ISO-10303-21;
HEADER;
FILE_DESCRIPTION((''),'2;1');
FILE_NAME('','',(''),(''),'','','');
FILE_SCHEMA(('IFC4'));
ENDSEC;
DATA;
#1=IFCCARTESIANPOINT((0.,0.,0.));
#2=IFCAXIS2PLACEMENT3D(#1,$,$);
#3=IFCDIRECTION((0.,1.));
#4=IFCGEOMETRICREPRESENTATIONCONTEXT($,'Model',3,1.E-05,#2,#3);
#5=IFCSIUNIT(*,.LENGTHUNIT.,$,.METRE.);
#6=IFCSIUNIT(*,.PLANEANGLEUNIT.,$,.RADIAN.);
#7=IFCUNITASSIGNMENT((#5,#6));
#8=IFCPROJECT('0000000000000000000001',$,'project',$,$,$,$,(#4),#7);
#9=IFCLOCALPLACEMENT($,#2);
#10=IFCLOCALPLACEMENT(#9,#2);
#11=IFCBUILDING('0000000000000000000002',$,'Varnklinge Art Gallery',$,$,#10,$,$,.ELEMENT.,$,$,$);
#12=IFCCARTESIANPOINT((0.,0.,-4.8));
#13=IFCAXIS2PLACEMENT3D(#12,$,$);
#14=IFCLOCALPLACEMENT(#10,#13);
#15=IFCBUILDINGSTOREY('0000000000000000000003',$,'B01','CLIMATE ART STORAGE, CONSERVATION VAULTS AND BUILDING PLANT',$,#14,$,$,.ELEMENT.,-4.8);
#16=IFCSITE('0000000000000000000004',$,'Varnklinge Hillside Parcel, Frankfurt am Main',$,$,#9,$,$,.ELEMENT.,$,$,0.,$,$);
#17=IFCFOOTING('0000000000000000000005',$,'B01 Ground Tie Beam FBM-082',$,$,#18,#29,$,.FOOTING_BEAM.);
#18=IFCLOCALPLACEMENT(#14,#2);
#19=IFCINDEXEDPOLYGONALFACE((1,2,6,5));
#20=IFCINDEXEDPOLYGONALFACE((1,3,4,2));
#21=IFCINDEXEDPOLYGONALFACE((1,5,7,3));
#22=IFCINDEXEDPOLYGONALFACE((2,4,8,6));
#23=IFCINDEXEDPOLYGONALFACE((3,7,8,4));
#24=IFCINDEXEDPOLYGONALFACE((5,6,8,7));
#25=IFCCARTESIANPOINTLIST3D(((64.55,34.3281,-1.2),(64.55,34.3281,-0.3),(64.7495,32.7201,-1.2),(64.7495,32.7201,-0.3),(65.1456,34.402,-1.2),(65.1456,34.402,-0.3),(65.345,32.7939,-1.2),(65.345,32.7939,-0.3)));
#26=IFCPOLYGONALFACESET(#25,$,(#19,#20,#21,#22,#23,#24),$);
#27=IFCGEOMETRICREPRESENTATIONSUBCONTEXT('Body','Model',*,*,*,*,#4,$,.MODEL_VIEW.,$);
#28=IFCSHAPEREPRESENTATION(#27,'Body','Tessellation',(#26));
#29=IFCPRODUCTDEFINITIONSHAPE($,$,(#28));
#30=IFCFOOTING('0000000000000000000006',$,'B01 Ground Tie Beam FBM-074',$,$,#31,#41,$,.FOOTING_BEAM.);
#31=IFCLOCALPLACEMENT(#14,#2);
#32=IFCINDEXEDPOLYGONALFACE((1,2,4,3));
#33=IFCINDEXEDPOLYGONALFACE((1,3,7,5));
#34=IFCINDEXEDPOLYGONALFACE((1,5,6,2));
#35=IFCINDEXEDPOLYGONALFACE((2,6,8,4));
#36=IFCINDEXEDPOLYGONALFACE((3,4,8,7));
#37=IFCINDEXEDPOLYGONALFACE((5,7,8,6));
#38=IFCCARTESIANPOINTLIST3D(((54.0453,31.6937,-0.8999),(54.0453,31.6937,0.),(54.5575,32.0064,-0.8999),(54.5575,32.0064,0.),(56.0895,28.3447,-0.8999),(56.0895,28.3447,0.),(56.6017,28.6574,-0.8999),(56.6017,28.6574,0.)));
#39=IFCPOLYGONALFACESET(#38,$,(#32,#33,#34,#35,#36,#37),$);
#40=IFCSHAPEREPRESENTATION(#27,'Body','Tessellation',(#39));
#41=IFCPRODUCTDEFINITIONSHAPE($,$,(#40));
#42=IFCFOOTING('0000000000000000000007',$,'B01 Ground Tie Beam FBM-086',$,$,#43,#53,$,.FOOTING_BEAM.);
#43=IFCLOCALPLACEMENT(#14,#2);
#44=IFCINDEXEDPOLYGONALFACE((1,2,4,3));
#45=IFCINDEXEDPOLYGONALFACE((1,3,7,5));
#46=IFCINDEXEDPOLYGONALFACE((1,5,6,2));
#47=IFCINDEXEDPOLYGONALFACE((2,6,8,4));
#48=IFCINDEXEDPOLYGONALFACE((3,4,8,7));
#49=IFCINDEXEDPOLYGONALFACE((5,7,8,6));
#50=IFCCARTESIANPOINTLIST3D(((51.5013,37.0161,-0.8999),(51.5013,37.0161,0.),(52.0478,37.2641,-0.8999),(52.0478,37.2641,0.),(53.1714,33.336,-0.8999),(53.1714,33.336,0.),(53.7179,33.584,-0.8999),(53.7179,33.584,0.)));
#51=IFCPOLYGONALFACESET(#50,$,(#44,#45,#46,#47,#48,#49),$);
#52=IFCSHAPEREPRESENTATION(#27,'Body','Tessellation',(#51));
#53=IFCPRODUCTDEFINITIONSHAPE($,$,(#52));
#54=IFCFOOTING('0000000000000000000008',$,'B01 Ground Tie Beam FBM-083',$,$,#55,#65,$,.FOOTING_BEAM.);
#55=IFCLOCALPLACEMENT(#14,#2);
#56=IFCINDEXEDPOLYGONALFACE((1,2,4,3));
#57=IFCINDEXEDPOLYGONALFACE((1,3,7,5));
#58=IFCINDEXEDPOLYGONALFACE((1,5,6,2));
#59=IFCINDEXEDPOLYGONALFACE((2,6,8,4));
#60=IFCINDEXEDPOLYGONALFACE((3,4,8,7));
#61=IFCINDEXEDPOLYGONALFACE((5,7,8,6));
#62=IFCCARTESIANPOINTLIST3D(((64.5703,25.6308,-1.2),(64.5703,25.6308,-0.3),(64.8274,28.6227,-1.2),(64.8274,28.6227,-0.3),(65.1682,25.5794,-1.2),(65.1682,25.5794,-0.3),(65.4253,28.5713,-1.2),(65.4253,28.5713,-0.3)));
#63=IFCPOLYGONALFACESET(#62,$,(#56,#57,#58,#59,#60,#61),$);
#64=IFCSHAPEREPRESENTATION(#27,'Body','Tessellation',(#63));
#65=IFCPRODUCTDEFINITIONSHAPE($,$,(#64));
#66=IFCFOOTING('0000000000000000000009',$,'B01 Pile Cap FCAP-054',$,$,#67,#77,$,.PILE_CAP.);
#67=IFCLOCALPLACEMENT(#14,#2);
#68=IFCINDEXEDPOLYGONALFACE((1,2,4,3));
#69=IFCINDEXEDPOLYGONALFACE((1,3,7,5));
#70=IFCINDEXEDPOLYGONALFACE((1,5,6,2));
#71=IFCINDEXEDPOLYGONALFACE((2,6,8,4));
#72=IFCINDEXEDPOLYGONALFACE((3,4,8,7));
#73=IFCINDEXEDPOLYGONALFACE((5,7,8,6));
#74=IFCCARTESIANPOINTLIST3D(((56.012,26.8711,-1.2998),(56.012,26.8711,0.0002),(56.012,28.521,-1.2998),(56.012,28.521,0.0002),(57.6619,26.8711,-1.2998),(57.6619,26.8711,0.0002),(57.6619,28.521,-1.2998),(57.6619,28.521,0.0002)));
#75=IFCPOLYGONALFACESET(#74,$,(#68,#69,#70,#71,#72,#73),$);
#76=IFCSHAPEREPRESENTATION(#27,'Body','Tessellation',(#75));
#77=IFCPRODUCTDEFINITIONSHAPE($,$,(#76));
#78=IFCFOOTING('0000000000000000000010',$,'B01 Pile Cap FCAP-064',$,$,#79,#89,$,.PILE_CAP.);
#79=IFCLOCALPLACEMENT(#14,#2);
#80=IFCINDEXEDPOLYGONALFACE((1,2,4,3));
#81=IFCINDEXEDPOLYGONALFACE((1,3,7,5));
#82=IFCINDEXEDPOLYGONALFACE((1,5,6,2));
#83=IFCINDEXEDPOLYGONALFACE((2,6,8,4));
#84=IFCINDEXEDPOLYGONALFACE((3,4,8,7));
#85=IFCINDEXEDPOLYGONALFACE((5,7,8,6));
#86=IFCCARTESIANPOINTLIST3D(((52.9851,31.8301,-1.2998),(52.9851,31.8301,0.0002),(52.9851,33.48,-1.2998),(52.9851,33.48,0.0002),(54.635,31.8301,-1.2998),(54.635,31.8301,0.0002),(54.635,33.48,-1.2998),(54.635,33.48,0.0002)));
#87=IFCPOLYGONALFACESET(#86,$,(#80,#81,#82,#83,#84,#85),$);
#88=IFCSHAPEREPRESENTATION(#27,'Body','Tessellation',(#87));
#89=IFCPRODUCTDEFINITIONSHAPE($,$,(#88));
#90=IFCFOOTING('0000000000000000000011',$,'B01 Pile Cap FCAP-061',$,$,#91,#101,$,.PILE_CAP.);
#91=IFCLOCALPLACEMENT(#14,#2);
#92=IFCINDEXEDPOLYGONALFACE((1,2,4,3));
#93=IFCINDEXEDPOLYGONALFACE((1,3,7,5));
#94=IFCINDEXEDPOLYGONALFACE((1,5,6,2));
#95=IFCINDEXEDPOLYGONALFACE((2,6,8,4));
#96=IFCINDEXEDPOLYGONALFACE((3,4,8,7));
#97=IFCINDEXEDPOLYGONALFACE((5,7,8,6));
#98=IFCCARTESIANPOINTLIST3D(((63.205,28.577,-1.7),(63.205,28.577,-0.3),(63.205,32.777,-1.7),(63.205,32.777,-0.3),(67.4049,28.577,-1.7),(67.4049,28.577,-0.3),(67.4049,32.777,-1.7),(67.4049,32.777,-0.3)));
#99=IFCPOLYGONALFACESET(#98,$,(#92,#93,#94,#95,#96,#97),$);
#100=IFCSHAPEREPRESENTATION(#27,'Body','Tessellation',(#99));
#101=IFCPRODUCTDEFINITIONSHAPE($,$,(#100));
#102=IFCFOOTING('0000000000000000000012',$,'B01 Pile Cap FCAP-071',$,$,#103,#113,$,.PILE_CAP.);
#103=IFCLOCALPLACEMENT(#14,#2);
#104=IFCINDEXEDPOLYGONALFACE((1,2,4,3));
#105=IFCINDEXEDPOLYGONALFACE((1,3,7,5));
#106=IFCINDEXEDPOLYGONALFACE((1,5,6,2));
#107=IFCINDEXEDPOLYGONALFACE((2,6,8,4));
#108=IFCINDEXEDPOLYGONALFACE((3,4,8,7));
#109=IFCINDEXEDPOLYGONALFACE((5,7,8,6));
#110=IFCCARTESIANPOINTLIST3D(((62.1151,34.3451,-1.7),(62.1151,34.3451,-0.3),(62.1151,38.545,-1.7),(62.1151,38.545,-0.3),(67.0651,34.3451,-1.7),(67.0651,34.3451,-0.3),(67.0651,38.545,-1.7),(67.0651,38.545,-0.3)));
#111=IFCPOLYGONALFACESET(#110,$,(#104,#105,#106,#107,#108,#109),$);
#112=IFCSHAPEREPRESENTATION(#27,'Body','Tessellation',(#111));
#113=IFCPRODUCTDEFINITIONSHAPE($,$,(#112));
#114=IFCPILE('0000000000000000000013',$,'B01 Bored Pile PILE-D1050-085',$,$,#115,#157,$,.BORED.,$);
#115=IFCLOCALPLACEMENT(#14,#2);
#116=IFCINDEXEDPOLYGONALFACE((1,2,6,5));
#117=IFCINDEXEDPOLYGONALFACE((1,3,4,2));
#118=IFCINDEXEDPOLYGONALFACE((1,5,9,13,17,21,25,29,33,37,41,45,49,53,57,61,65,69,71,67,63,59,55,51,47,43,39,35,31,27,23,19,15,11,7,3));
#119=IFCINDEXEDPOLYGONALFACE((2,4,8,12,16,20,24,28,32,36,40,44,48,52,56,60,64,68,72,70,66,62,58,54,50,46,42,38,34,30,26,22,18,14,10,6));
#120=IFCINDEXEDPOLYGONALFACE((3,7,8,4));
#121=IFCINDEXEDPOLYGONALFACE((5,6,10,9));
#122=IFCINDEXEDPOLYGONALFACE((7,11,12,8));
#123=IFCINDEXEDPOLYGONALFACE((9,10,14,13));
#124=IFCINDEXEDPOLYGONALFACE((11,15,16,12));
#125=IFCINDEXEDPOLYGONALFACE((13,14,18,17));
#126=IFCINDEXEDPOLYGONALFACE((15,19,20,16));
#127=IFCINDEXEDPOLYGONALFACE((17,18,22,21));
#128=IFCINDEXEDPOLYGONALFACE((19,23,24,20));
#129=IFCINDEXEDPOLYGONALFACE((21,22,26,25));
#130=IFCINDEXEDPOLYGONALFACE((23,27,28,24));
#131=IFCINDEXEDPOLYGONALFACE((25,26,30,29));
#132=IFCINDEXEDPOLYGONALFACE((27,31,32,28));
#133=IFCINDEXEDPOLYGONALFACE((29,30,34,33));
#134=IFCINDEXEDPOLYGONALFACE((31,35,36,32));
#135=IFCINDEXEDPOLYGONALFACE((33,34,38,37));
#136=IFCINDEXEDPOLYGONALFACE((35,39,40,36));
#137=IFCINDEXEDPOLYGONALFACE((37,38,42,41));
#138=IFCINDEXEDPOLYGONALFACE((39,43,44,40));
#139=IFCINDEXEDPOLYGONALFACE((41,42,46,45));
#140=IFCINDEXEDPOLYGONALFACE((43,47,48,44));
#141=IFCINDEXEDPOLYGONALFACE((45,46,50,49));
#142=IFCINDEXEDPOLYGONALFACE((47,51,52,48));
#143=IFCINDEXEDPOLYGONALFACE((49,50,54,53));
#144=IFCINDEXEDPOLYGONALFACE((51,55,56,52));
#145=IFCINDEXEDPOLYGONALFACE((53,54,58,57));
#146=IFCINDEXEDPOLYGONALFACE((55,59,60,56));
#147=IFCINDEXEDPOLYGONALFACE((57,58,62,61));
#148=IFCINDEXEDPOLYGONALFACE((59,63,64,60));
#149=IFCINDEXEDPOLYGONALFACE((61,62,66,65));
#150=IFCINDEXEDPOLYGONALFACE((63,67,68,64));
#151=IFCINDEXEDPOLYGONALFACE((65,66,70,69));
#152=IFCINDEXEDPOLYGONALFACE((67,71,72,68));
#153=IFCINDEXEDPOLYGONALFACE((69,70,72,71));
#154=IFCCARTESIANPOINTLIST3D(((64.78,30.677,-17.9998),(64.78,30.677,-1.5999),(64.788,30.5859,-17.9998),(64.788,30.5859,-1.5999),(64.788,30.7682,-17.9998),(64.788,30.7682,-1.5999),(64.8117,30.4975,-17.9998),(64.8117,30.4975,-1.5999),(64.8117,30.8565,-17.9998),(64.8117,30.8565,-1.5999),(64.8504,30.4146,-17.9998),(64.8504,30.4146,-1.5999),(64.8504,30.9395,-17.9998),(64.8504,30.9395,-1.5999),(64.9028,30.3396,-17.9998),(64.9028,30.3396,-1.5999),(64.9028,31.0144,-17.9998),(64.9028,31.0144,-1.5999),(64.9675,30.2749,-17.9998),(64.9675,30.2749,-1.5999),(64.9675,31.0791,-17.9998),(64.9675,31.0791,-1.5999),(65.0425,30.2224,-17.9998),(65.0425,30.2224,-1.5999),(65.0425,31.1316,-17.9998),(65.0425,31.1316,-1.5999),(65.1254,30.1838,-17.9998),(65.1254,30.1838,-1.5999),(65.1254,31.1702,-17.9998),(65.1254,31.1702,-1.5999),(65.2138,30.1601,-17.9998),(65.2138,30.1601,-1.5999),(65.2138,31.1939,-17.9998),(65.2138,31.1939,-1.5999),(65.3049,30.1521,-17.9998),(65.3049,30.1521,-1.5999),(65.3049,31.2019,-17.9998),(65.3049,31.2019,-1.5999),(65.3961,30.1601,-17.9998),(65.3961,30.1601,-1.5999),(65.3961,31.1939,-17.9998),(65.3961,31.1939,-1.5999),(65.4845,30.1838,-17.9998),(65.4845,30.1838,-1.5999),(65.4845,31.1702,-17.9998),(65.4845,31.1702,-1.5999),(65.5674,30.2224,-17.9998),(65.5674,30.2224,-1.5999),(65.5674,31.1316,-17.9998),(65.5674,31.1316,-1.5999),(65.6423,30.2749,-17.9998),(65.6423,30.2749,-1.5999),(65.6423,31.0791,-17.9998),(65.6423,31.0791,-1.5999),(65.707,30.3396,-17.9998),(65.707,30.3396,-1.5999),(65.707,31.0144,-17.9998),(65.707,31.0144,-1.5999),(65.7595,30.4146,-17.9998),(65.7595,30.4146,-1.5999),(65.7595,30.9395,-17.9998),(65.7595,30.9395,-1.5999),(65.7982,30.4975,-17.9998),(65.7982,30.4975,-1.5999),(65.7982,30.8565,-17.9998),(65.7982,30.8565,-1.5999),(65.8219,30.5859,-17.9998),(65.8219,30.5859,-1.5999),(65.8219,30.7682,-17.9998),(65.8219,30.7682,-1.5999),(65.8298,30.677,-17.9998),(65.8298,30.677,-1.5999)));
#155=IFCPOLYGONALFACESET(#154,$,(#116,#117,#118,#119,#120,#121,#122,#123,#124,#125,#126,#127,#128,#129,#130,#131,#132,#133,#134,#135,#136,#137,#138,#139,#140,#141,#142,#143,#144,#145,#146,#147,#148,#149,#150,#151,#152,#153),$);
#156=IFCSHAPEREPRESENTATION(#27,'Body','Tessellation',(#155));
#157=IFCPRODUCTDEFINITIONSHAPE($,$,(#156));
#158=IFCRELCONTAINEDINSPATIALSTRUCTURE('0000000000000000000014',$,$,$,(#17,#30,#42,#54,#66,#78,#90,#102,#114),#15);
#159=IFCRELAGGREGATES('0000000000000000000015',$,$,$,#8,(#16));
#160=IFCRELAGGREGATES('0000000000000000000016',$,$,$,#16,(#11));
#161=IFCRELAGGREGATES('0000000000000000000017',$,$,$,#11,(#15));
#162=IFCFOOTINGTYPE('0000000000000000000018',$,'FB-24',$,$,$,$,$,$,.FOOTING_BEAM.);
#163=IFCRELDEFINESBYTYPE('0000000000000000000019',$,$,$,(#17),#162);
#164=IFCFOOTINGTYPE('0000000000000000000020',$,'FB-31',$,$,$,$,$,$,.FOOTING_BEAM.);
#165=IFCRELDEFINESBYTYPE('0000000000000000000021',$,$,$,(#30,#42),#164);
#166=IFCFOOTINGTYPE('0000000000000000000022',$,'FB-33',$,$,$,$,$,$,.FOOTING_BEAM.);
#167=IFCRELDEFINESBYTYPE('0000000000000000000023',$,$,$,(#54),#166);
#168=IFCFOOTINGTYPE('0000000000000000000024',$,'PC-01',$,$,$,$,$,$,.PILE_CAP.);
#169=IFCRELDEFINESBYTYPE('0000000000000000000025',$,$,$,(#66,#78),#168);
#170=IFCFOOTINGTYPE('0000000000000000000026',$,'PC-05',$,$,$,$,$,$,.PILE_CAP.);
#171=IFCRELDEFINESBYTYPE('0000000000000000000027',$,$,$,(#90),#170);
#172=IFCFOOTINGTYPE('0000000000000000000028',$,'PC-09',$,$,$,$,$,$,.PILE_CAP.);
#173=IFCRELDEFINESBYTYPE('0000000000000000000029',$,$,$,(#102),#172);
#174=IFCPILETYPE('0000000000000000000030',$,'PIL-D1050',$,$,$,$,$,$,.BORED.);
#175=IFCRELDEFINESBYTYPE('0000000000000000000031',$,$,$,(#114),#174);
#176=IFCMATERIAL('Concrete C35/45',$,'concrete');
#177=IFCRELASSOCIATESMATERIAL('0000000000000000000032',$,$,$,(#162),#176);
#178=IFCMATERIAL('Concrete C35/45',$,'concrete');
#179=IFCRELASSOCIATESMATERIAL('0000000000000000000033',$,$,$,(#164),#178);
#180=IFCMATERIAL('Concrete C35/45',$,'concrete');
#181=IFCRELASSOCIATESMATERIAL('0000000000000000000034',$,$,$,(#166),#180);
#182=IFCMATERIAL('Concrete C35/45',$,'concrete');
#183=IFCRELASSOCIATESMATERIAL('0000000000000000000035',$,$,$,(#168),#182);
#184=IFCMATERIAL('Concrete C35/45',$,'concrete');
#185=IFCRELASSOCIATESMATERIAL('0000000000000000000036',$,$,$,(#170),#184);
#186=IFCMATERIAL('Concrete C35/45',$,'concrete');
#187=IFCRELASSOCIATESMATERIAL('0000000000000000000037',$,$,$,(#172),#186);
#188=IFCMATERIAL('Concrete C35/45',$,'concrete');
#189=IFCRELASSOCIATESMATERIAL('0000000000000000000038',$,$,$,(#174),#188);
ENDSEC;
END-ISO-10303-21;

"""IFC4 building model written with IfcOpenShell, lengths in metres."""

from ifc_helpers import new_model, si_unit, direction, frame, origin, origin_2d, place, context, subcontext, project, spatial, rectangle, circle, extrude, material, material_profile, profile_set, type_object, element, save


model = new_model("IFC4")

# Units and contexts
model_context = context("Model", 3, precision=1e-05, world=origin(), true_north=direction((0.0, 1.0)))
body_context = subcontext(model_context, "Body", "Model", "MODEL_VIEW")
ifc_project = project(units=[si_unit("LENGTHUNIT", "METRE"), si_unit("PLANEANGLEUNIT", "RADIAN")], contexts=[model_context])

# Site, building, storey
site_placement = place(None, origin())
site = spatial("IfcSite", under=ifc_project, at=site_placement, Name="Varnklinge Hillside Parcel, Frankfurt am Main", CompositionType="ELEMENT", RefElevation=0.0)
building_placement = place(site_placement, origin())
building = spatial("IfcBuilding", under=site, at=building_placement, Name="Varnklinge Art Gallery", CompositionType="ELEMENT")
storey_placement = place(building_placement, frame((0.0, 0.0, -4.8)))
storey = spatial("IfcBuildingStorey", under=building, at=storey_placement, Name="B01", Description="CLIMATE ART STORAGE, CONSERVATION VAULTS AND BUILDING PLANT", CompositionType="ELEMENT", Elevation=-4.8)

# Footings
ifc_material_1 = material(Name="Concrete C35/45", Category="concrete")
footing_type_1 = type_object("IfcFootingType", Name="FB-24", PredefinedType="FOOTING_BEAM", material=ifc_material_1)
footing_1_placement = place(storey_placement, frame((64.9475, 33.561, -1.2), z_axis=(0.0, 0.0, 1.0), x_axis=(-0.123082, 0.992397, 0.0)))
element("IfcFooting", 1, at=footing_1_placement, inside=storey, type_object=footing_type_1, Name="B01 Ground Tie Beam FBM-082", PredefinedType="FOOTING_BEAM", context=body_context, shape_type="SweptSolid", body=[
    extrude(rectangle(XDim=1.6204, YDim=0.6001, at=origin_2d()), origin(), (0.0, 0.0, 1.0), 0.8999),
])
ifc_material_2 = material(Name="Concrete C35/45", Category="concrete")
footing_type_2 = type_object("IfcFootingType", Name="FB-31", PredefinedType="FOOTING_BEAM", material=ifc_material_2)
footing_2_placement = place(storey_placement, frame((55.3235, 30.1755, -0.8999), z_axis=(0.0, 0.0, 1.0), x_axis=(-0.52101, 0.853551, 0.0)))
element("IfcFooting", 2, at=footing_2_placement, inside=storey, type_object=footing_type_2, Name="B01 Ground Tie Beam FBM-074", PredefinedType="FOOTING_BEAM", context=body_context, shape_type="SweptSolid", body=[
    extrude(rectangle(XDim=3.9236, YDim=0.6001, at=origin_2d()), origin(), (0.0, 0.0, 1.0), 0.8999),
])
footing_3_placement = place(storey_placement, frame((52.6096, 35.3, -0.8999), z_axis=(0.0, 0.0, 1.0), x_axis=(-0.413263, 0.910612, 0.0)))
element("IfcFooting", 3, at=footing_3_placement, inside=storey, type_object=footing_type_2, Name="B01 Ground Tie Beam FBM-086", PredefinedType="FOOTING_BEAM", context=body_context, shape_type="SweptSolid", body=[
    extrude(rectangle(XDim=4.0413, YDim=0.6001, at=origin_2d()), origin(), (0.0, 0.0, 1.0), 0.8999),
])
ifc_material_3 = material(Name="Concrete C35/45", Category="concrete")
footing_type_3 = type_object("IfcFootingType", Name="FB-33", PredefinedType="FOOTING_BEAM", material=ifc_material_3)
footing_4_placement = place(storey_placement, frame((64.9978, 27.1011, -1.2), z_axis=(0.0, 0.0, 1.0), x_axis=(-0.085591, -0.99633, 0.0)))
element("IfcFooting", 4, at=footing_4_placement, inside=storey, type_object=footing_type_3, Name="B01 Ground Tie Beam FBM-083", PredefinedType="FOOTING_BEAM", context=body_context, shape_type="SweptSolid", body=[
    extrude(rectangle(XDim=3.0029, YDim=0.6001, at=origin_2d()), origin(), (0.0, 0.0, 1.0), 0.8999),
])
ifc_material_4 = material(Name="Concrete C35/45", Category="concrete")
footing_type_4 = type_object("IfcFootingType", Name="PC-01", PredefinedType="PILE_CAP", material=ifc_material_4)
for number, where, z_axis, x_axis, name in (
    (5, (56.8369, 27.696, -1.2998), (0.0, 0.0, 1.0), (1.0, 0.0, 0.0), "B01 Pile Cap FCAP-054"),
    (6, (53.8101, 32.655, -1.2998), (0.0, 0.0, 1.0), (1.0, 0.0, 0.0), "B01 Pile Cap FCAP-064"),
):
    element("IfcFooting", number, at=place(storey_placement, frame(where, z_axis=z_axis, x_axis=x_axis)), inside=storey, type_object=footing_type_4, Name=name, PredefinedType="PILE_CAP", context=body_context, shape_type="SweptSolid", body=[
        extrude(rectangle(XDim=1.6499, YDim=1.6499, at=origin_2d()), origin(), (0.0, 0.0, 1.0), 1.3),
    ])
ifc_material_5 = material(Name="Concrete C35/45", Category="concrete")
footing_type_5 = type_object("IfcFootingType", Name="PC-05", PredefinedType="PILE_CAP", material=ifc_material_5)
footing_5_placement = place(storey_placement, frame((65.3049, 30.677, -1.7), z_axis=(0.0, 0.0, 1.0), x_axis=(1.0, 0.0, 0.0)))
element("IfcFooting", 7, at=footing_5_placement, inside=storey, type_object=footing_type_5, Name="B01 Pile Cap FCAP-061", PredefinedType="PILE_CAP", context=body_context, shape_type="SweptSolid", body=[
    extrude(rectangle(XDim=4.2, YDim=4.2, at=origin_2d()), origin(), (0.0, 0.0, 1.0), 1.3999),
])
ifc_material_6 = material(Name="Concrete C35/45", Category="concrete")
footing_type_6 = type_object("IfcFootingType", Name="PC-09", PredefinedType="PILE_CAP", material=ifc_material_6)
footing_6_placement = place(storey_placement, frame((64.5901, 36.4451, -1.7), z_axis=(0.0, 0.0, 1.0), x_axis=(1.0, 0.0, 0.0)))
element("IfcFooting", 8, at=footing_6_placement, inside=storey, type_object=footing_type_6, Name="B01 Pile Cap FCAP-071", PredefinedType="PILE_CAP", context=body_context, shape_type="SweptSolid", body=[
    extrude(rectangle(XDim=4.95, YDim=4.2, at=origin_2d()), origin(), (0.0, 0.0, 1.0), 1.3999),
])

# Pile
ifc_material_7 = material(Name="Concrete C35/45", Category="concrete")
ifc_material_profile_1 = material_profile(ifc_material_7, circle(Radius=0.5249, at=origin_2d()), Name="PILE D1050")
ifc_profile_set_1 = profile_set([ifc_material_profile_1], Name="Concrete C35/45")
pile_type_1 = type_object("IfcPileType", Name="PIL-D1050", PredefinedType="BORED", material=ifc_profile_set_1)
for number, where, z_axis, x_axis, name in (
    (9, (65.3049, 30.677, -1.5999), (0.0, 0.0, -1.0), (1.0, 0.0, 0.0), "B01 Bored Pile PILE-D1050-085"),
):
    element("IfcPile", number, at=place(storey_placement, frame(where, z_axis=z_axis, x_axis=x_axis)), inside=storey, type_object=pile_type_1, Name=name, PredefinedType="BORED", context=body_context, shape_type="SweptSolid", body=[
        extrude(circle(Radius=0.5249, at=origin_2d()), origin(), (0.0, 0.0, 1.0), 16.3999),
    ])

save(model, "model.ifc")
